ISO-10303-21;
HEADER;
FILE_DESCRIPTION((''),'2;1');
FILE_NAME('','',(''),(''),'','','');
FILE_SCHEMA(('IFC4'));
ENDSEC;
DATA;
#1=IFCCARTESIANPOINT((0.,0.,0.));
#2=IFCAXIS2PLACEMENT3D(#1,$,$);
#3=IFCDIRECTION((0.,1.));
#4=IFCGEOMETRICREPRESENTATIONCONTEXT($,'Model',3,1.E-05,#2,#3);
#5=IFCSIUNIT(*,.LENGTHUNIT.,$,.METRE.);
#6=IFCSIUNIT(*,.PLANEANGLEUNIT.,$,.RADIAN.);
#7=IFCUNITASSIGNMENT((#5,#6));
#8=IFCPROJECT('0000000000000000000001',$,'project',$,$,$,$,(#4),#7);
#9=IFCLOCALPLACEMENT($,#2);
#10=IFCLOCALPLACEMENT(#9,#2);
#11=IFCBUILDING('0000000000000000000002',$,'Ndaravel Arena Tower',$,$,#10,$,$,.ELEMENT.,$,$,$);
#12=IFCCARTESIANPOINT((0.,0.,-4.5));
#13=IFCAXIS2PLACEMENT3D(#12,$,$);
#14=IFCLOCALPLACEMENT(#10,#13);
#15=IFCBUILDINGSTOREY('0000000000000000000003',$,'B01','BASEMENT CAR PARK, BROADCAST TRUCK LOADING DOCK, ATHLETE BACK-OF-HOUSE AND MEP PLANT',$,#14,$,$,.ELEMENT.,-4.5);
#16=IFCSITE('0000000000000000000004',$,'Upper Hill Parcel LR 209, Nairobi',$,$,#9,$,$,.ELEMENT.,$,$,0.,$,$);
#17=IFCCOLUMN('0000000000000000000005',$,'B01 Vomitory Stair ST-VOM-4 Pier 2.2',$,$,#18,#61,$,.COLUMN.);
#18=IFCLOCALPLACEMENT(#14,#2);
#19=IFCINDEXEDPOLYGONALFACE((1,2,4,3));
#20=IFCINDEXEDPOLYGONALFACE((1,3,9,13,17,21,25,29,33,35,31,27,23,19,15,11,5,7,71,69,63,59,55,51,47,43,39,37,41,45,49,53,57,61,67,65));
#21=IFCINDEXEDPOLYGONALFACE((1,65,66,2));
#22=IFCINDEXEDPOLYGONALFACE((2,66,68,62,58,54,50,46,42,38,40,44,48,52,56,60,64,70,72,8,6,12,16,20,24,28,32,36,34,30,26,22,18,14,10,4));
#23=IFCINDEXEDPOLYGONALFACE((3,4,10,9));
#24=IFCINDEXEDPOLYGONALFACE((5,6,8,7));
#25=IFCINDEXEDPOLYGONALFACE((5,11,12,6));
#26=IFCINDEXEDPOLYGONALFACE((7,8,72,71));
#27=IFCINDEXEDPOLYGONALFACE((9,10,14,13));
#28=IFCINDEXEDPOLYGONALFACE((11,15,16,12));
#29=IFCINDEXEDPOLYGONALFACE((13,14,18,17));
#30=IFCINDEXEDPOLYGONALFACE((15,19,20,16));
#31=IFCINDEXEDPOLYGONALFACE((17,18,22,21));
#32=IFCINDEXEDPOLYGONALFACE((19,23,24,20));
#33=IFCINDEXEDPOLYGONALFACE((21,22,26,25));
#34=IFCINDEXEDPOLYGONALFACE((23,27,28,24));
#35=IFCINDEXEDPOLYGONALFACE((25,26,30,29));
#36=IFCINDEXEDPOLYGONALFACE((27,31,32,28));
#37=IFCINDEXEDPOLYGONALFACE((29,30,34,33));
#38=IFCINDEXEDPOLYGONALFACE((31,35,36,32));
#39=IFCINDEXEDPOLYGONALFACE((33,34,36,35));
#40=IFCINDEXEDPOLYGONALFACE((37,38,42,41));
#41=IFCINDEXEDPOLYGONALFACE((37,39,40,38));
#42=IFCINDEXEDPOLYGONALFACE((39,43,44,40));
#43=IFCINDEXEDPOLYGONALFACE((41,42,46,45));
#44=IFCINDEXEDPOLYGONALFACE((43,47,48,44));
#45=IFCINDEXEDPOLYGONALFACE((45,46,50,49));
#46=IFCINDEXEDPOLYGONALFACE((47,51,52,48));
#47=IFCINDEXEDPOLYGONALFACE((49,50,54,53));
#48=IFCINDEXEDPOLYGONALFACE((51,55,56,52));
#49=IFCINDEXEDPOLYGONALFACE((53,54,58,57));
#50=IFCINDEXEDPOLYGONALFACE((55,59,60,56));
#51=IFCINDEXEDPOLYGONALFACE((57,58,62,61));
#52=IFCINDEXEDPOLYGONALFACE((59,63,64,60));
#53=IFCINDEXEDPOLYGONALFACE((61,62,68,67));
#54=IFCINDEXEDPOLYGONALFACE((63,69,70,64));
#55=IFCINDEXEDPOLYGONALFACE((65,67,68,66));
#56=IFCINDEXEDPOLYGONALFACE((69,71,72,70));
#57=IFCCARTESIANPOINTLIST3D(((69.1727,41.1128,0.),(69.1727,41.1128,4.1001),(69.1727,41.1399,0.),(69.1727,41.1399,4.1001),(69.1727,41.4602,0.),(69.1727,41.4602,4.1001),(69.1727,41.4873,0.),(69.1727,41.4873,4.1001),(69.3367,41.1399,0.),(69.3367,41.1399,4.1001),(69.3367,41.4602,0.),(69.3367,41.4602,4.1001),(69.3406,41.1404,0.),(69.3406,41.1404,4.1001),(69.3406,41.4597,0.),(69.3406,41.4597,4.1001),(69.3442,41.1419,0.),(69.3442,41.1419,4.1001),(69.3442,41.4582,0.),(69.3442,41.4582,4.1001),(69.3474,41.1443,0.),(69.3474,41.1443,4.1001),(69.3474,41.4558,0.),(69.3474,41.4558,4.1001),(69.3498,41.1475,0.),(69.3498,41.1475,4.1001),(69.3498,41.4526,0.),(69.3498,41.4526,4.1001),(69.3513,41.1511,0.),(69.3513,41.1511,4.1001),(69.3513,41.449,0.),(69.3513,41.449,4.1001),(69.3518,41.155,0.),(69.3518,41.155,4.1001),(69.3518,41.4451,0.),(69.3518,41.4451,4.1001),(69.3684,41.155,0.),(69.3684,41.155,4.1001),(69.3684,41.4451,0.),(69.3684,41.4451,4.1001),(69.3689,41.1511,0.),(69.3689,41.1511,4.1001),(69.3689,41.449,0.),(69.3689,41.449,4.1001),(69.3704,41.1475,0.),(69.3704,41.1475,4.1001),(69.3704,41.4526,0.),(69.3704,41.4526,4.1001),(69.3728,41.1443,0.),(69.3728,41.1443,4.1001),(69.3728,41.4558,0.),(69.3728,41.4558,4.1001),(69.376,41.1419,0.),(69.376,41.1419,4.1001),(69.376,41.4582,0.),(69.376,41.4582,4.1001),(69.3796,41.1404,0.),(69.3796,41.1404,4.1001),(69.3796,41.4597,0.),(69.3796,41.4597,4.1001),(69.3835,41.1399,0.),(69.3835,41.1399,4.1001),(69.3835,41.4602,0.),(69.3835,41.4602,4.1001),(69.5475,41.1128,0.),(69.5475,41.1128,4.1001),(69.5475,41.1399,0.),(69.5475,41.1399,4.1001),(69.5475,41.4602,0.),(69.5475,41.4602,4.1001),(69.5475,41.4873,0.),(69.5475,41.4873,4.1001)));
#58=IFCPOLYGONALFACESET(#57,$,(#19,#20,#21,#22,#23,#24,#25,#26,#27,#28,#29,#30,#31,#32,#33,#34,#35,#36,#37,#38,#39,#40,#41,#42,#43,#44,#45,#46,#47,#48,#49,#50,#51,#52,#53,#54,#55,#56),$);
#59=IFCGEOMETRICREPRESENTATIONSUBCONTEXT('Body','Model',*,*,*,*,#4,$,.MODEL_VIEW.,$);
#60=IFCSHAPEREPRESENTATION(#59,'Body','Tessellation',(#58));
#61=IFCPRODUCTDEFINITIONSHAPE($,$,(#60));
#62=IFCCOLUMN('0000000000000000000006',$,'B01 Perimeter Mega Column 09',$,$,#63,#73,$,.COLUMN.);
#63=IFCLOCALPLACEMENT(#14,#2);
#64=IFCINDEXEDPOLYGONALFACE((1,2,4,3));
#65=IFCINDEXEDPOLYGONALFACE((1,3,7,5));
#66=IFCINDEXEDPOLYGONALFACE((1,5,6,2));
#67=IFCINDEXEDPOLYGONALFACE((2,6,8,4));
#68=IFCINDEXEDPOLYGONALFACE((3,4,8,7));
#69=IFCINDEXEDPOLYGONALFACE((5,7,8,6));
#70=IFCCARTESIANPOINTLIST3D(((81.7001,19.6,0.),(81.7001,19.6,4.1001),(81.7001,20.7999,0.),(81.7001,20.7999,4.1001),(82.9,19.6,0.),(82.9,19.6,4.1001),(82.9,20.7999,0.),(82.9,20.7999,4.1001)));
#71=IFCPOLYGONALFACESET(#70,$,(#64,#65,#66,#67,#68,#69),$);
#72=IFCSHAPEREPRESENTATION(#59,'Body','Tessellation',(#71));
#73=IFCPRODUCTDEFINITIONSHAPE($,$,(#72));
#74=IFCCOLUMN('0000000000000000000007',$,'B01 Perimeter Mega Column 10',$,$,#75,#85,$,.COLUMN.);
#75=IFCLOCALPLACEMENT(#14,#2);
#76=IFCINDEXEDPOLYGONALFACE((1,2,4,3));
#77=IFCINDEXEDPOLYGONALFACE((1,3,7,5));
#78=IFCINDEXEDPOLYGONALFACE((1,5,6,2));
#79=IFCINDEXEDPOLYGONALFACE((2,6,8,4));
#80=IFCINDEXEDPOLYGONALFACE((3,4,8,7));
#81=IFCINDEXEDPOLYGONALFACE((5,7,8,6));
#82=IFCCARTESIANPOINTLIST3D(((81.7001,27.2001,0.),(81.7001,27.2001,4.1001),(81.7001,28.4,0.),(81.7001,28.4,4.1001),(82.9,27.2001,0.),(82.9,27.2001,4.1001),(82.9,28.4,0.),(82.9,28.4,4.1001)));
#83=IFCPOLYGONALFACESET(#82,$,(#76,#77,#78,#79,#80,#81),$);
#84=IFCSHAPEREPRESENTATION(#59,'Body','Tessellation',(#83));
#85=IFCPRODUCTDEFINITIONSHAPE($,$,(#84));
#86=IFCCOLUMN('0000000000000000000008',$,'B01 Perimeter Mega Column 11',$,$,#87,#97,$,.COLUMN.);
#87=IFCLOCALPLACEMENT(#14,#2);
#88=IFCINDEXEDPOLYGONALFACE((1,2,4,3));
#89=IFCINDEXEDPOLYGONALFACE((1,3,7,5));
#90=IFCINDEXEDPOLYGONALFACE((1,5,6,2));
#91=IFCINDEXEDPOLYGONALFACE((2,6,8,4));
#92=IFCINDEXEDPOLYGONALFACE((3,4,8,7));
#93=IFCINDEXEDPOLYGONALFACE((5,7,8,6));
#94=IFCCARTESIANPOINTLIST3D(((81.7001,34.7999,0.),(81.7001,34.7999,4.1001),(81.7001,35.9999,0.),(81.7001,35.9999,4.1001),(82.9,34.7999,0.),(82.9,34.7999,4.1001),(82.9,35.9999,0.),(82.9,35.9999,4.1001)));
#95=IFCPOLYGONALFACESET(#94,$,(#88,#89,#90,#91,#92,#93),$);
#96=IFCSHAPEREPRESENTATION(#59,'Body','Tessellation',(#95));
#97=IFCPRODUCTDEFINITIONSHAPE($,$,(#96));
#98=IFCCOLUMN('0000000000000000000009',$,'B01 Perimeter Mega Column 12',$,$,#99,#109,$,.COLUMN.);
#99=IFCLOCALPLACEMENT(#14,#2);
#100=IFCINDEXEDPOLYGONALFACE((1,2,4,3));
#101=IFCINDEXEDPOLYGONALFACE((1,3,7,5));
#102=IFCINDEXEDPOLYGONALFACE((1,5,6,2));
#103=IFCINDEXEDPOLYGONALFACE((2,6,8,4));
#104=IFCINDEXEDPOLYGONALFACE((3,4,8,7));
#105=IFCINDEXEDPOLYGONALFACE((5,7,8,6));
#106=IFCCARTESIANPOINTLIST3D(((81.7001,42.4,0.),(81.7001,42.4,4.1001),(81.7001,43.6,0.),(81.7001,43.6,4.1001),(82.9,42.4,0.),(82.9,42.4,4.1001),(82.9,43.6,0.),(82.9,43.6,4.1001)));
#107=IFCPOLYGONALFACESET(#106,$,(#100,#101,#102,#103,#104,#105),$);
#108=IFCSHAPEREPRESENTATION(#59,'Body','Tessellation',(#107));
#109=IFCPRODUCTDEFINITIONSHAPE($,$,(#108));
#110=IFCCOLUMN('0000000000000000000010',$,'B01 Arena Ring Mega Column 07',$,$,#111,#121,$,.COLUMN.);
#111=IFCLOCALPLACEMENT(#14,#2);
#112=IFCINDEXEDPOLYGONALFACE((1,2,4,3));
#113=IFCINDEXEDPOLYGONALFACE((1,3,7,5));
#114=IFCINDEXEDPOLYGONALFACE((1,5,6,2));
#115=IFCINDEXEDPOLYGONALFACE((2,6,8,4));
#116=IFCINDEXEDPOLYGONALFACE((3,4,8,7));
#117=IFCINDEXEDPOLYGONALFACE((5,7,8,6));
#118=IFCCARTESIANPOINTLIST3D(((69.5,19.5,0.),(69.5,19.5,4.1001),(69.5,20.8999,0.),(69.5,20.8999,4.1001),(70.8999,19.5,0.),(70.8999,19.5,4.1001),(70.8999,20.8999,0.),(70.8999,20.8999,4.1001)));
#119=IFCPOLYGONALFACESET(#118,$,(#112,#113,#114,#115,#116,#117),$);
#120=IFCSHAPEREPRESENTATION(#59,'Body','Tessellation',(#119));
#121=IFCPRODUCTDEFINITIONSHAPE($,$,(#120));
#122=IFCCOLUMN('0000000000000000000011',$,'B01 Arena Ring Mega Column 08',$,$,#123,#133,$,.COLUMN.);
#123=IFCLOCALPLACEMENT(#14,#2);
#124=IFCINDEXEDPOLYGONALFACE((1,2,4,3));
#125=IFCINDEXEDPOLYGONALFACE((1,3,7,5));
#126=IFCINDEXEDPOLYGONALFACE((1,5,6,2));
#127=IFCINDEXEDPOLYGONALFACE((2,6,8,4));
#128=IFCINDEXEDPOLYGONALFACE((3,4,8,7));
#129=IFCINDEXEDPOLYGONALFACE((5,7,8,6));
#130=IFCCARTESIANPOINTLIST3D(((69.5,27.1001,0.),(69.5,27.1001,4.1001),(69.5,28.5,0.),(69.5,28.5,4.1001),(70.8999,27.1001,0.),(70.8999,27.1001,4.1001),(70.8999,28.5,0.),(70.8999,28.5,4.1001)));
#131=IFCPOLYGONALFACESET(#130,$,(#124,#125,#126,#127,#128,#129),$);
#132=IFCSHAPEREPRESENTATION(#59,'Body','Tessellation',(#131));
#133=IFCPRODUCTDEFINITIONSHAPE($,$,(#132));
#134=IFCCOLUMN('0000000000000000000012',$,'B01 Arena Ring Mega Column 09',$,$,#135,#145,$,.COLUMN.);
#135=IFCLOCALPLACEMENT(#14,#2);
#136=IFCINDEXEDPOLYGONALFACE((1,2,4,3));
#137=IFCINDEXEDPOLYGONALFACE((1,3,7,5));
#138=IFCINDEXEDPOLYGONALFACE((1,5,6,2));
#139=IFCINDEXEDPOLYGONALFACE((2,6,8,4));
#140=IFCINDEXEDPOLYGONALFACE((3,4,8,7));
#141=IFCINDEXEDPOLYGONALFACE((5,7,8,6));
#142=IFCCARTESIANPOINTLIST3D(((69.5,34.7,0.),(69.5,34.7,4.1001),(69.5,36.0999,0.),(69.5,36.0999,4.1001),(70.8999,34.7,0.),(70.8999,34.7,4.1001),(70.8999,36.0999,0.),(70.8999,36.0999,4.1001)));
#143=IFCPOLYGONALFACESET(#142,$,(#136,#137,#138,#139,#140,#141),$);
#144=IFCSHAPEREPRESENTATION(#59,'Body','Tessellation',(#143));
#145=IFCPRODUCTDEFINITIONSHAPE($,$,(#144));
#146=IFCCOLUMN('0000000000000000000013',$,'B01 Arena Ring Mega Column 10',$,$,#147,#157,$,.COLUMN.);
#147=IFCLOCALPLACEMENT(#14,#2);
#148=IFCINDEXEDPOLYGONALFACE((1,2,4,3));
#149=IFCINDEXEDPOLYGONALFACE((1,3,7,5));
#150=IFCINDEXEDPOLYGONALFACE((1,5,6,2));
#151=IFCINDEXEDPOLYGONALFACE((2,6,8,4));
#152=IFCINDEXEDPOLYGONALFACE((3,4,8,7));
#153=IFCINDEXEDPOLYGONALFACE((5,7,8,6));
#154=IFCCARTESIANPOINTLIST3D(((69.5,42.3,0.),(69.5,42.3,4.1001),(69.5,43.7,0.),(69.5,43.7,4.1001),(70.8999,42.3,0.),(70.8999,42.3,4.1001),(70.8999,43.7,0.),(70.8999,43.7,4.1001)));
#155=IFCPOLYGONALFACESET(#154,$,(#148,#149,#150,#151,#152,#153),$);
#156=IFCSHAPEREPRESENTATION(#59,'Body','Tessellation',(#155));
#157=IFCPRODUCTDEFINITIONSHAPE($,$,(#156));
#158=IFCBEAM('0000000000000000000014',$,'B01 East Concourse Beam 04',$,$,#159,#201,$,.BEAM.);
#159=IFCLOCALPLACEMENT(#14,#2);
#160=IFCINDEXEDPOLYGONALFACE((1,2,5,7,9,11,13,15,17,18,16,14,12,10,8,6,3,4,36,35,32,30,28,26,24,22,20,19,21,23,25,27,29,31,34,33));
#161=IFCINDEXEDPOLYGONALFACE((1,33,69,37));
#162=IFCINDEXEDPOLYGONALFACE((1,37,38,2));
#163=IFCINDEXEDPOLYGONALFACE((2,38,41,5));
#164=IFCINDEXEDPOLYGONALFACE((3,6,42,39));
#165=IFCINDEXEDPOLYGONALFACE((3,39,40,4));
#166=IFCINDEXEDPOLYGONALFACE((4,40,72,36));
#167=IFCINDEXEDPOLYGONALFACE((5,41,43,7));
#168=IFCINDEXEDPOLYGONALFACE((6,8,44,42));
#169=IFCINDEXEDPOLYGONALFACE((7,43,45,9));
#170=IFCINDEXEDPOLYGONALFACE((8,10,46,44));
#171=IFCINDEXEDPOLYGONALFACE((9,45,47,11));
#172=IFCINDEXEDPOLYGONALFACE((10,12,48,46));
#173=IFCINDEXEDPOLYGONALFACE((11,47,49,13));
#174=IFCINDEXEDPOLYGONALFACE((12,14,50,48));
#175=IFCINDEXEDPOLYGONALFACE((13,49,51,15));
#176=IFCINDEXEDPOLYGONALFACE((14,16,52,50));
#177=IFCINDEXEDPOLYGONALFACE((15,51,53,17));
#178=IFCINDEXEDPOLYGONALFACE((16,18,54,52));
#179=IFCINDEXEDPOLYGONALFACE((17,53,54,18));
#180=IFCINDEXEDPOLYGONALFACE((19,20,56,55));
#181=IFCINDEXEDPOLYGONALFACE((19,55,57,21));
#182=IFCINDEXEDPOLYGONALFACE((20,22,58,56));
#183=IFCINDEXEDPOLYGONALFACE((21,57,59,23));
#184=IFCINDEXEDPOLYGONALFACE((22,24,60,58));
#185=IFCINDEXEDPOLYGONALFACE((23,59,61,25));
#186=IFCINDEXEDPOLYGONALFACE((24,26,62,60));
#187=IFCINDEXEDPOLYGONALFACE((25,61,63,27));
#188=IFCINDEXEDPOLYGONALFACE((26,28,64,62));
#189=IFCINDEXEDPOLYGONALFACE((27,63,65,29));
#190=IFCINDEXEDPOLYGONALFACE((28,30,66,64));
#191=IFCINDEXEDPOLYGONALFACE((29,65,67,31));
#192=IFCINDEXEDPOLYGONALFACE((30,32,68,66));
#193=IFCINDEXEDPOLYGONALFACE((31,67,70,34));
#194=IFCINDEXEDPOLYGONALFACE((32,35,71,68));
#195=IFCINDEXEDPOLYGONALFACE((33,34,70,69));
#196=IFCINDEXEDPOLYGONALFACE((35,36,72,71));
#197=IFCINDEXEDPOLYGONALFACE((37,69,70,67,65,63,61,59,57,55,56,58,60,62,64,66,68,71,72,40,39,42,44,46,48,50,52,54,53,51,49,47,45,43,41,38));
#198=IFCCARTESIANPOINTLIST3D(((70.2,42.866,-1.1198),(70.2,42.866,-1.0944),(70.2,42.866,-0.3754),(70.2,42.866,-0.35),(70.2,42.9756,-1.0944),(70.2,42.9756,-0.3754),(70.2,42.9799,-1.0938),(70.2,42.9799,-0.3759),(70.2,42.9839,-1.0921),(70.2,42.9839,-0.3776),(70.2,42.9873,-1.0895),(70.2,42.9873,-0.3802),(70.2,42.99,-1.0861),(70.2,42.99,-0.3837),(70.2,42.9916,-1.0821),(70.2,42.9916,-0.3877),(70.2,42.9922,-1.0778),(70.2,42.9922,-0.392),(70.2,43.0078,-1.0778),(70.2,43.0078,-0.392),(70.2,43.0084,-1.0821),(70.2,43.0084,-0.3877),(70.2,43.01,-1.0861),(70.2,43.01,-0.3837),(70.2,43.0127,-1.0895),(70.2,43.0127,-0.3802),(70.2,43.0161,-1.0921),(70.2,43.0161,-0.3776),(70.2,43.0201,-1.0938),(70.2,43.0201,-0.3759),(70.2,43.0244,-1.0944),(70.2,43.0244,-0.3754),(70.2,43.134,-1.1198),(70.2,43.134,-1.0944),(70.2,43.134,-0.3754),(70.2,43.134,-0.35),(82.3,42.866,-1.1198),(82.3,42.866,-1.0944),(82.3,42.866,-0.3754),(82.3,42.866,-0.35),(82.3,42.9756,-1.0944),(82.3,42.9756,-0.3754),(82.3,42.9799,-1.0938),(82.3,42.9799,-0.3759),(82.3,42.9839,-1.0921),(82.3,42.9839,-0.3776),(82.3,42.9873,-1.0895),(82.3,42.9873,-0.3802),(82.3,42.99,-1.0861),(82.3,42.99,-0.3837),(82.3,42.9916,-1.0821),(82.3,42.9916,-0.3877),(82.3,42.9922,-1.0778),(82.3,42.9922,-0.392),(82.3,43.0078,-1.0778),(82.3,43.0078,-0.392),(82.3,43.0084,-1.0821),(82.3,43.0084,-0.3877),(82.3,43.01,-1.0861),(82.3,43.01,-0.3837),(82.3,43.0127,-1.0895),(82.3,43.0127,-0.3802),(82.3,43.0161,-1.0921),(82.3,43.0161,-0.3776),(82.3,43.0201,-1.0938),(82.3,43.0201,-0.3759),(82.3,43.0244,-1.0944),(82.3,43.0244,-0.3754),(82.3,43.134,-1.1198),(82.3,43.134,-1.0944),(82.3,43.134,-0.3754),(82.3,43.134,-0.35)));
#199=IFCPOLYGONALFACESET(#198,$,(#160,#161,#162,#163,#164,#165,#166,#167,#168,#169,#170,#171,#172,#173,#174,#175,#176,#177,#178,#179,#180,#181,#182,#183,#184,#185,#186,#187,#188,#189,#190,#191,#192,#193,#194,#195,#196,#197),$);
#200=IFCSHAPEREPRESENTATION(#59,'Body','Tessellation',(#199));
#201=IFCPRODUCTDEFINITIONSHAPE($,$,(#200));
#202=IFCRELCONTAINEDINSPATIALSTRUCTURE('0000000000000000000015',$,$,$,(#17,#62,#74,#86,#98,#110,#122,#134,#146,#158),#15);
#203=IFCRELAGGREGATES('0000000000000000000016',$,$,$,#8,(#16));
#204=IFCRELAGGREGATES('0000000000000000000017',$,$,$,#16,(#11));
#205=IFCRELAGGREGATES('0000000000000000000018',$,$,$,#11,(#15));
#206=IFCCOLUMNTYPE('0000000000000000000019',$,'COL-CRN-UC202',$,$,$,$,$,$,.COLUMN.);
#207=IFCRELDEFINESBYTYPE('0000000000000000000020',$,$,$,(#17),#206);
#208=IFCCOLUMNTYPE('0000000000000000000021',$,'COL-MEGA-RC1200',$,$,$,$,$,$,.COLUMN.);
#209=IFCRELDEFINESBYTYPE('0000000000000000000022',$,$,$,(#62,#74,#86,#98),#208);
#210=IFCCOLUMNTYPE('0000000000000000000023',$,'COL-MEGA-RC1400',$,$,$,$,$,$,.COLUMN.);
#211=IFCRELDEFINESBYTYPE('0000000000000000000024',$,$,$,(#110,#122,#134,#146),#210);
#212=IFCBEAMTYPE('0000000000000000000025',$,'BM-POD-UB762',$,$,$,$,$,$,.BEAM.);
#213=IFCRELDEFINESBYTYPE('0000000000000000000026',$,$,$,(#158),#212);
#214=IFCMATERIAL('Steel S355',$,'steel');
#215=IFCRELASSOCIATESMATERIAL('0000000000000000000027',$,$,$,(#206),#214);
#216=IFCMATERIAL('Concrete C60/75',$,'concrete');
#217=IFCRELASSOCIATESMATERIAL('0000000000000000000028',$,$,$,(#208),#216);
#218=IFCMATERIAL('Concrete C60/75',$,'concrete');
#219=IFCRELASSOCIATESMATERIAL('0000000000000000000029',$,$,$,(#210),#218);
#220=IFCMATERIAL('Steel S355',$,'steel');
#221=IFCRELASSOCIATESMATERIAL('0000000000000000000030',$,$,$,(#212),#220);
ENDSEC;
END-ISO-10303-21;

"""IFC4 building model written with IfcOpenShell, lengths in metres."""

from ifc_helpers import new_model, si_unit, direction, frame, origin, origin_2d, place, context, subcontext, project, spatial, rectangle, i_section, extrude, material, material_profile, profile_set, type_object, element, save


model = new_model("IFC4")

# Units and contexts
model_context = context("Model", 3, precision=1e-05, world=origin(), true_north=direction((0.0, 1.0)))
body_context = subcontext(model_context, "Body", "Model", "MODEL_VIEW")
ifc_project = project(units=[si_unit("LENGTHUNIT", "METRE"), si_unit("PLANEANGLEUNIT", "RADIAN")], contexts=[model_context])

# Site, building, storey
site_placement = place(None, origin())
site = spatial("IfcSite", under=ifc_project, at=site_placement, Name="Upper Hill Parcel LR 209, Nairobi", CompositionType="ELEMENT", RefElevation=0.0)
building_placement = place(site_placement, origin())
building = spatial("IfcBuilding", under=site, at=building_placement, Name="Ndaravel Arena Tower", CompositionType="ELEMENT")
storey_placement = place(building_placement, frame((0.0, 0.0, -4.5)))
storey = spatial("IfcBuildingStorey", under=building, at=storey_placement, Name="B01", Description="BASEMENT CAR PARK, BROADCAST TRUCK LOADING DOCK, ATHLETE BACK-OF-HOUSE AND MEP PLANT", CompositionType="ELEMENT", Elevation=-4.5)

# Columns
ifc_material_1 = material(Name="Steel S355", Category="steel")
ifc_material_profile_1 = material_profile(ifc_material_1, i_section(OverallWidth=0.3748, OverallDepth=0.3745, WebThickness=0.0166, FlangeThickness=0.0271, FilletRadius=0.0151, at=origin_2d()), Name="UC 356x368x202")
ifc_profile_set_1 = profile_set([ifc_material_profile_1], Name="Steel S355")
column_type_1 = type_object("IfcColumnType", Name="COL-CRN-UC202", PredefinedType="COLUMN", material=ifc_profile_set_1)
for number, where, z_axis, x_axis, name in (
    (1, (69.3601, 41.3, 0.0), (0.0, 0.0, 1.0), (1.0, 0.0, 0.0), "B01 Vomitory Stair ST-VOM-4 Pier 2.2"),
):
    element("IfcColumn", number, at=place(storey_placement, frame(where, z_axis=z_axis, x_axis=x_axis)), inside=storey, type_object=column_type_1, Name=name, PredefinedType="COLUMN", context=body_context, shape_type="SweptSolid", body=[
        extrude(i_section(OverallWidth=0.3748, OverallDepth=0.3745, WebThickness=0.0166, FlangeThickness=0.0271, FilletRadius=0.0151, at=origin_2d()), origin(), (0.0, 0.0, 1.0), 4.1001),
    ])
ifc_material_2 = material(Name="Concrete C60/75", Category="concrete")
ifc_material_profile_2 = material_profile(ifc_material_2, rectangle(XDim=1.2, YDim=1.2, at=origin_2d()), Name="RC 1200x1200")
ifc_profile_set_2 = profile_set([ifc_material_profile_2], Name="Concrete C60/75")
column_type_2 = type_object("IfcColumnType", Name="COL-MEGA-RC1200", PredefinedType="COLUMN", material=ifc_profile_set_2)
for number, where, z_axis, x_axis, name in (
    (2, (82.3, 20.2, 0.0), (0.0, 0.0, 1.0), (1.0, 0.0, 0.0), "B01 Perimeter Mega Column 09"),
    (3, (82.3, 27.8, 0.0), (0.0, 0.0, 1.0), (1.0, 0.0, 0.0), "B01 Perimeter Mega Column 10"),
    (4, (82.3, 35.3999, 0.0), (0.0, 0.0, 1.0), (1.0, 0.0, 0.0), "B01 Perimeter Mega Column 11"),
    (5, (82.3, 43.0, 0.0), (0.0, 0.0, 1.0), (1.0, 0.0, 0.0), "B01 Perimeter Mega Column 12"),
):
    element("IfcColumn", number, at=place(storey_placement, frame(where, z_axis=z_axis, x_axis=x_axis)), inside=storey, type_object=column_type_2, Name=name, PredefinedType="COLUMN", context=body_context, shape_type="SweptSolid", body=[
        extrude(rectangle(XDim=1.2, YDim=1.2, at=origin_2d()), origin(), (0.0, 0.0, 1.0), 4.1001),
    ])
ifc_material_3 = material(Name="Concrete C60/75", Category="concrete")
ifc_material_profile_3 = material_profile(ifc_material_3, rectangle(XDim=1.3999, YDim=1.3999, at=origin_2d()), Name="RC 1400x1400")
ifc_profile_set_3 = profile_set([ifc_material_profile_3], Name="Concrete C60/75")
column_type_3 = type_object("IfcColumnType", Name="COL-MEGA-RC1400", PredefinedType="COLUMN", material=ifc_profile_set_3)
for number, where, z_axis, x_axis, name in (
    (6, (70.2, 20.2, 0.0), (0.0, 0.0, 1.0), (1.0, 0.0, 0.0), "B01 Arena Ring Mega Column 07"),
    (7, (70.2, 27.8, 0.0), (0.0, 0.0, 1.0), (1.0, 0.0, 0.0), "B01 Arena Ring Mega Column 08"),
    (8, (70.2, 35.3999, 0.0), (0.0, 0.0, 1.0), (1.0, 0.0, 0.0), "B01 Arena Ring Mega Column 09"),
    (9, (70.2, 43.0, 0.0), (0.0, 0.0, 1.0), (1.0, 0.0, 0.0), "B01 Arena Ring Mega Column 10"),
):
    element("IfcColumn", number, at=place(storey_placement, frame(where, z_axis=z_axis, x_axis=x_axis)), inside=storey, type_object=column_type_3, Name=name, PredefinedType="COLUMN", context=body_context, shape_type="SweptSolid", body=[
        extrude(rectangle(XDim=1.3999, YDim=1.3999, at=origin_2d()), origin(), (0.0, 0.0, 1.0), 4.1001),
    ])

# Beam
ifc_material_4 = material(Name="Steel S355", Category="steel")
ifc_material_profile_4 = material_profile(ifc_material_4, i_section(OverallWidth=0.2681, OverallDepth=0.7698, WebThickness=0.0156, FlangeThickness=0.0254, FilletRadius=0.0166, at=origin_2d()), Name="UB 762x267x197")
ifc_profile_set_4 = profile_set([ifc_material_profile_4], Name="Steel S355")
beam_type_1 = type_object("IfcBeamType", Name="BM-POD-UB762", PredefinedType="BEAM", material=ifc_profile_set_4)
beam_1_placement = place(storey_placement, frame((70.2, 43.0, -0.7349), z_axis=(1.0, 0.0, 0.0), x_axis=(0.0, 1.0, 0.0)))
element("IfcBeam", 10, at=beam_1_placement, inside=storey, type_object=beam_type_1, Name="B01 East Concourse Beam 04", PredefinedType="BEAM", context=body_context, shape_type="SweptSolid", body=[
    extrude(i_section(OverallWidth=0.2681, OverallDepth=0.7698, WebThickness=0.0156, FlangeThickness=0.0254, FilletRadius=0.0166, at=origin_2d()), origin(), (0.0, 0.0, 1.0), 12.1001),
])

save(model, "model.ifc")
